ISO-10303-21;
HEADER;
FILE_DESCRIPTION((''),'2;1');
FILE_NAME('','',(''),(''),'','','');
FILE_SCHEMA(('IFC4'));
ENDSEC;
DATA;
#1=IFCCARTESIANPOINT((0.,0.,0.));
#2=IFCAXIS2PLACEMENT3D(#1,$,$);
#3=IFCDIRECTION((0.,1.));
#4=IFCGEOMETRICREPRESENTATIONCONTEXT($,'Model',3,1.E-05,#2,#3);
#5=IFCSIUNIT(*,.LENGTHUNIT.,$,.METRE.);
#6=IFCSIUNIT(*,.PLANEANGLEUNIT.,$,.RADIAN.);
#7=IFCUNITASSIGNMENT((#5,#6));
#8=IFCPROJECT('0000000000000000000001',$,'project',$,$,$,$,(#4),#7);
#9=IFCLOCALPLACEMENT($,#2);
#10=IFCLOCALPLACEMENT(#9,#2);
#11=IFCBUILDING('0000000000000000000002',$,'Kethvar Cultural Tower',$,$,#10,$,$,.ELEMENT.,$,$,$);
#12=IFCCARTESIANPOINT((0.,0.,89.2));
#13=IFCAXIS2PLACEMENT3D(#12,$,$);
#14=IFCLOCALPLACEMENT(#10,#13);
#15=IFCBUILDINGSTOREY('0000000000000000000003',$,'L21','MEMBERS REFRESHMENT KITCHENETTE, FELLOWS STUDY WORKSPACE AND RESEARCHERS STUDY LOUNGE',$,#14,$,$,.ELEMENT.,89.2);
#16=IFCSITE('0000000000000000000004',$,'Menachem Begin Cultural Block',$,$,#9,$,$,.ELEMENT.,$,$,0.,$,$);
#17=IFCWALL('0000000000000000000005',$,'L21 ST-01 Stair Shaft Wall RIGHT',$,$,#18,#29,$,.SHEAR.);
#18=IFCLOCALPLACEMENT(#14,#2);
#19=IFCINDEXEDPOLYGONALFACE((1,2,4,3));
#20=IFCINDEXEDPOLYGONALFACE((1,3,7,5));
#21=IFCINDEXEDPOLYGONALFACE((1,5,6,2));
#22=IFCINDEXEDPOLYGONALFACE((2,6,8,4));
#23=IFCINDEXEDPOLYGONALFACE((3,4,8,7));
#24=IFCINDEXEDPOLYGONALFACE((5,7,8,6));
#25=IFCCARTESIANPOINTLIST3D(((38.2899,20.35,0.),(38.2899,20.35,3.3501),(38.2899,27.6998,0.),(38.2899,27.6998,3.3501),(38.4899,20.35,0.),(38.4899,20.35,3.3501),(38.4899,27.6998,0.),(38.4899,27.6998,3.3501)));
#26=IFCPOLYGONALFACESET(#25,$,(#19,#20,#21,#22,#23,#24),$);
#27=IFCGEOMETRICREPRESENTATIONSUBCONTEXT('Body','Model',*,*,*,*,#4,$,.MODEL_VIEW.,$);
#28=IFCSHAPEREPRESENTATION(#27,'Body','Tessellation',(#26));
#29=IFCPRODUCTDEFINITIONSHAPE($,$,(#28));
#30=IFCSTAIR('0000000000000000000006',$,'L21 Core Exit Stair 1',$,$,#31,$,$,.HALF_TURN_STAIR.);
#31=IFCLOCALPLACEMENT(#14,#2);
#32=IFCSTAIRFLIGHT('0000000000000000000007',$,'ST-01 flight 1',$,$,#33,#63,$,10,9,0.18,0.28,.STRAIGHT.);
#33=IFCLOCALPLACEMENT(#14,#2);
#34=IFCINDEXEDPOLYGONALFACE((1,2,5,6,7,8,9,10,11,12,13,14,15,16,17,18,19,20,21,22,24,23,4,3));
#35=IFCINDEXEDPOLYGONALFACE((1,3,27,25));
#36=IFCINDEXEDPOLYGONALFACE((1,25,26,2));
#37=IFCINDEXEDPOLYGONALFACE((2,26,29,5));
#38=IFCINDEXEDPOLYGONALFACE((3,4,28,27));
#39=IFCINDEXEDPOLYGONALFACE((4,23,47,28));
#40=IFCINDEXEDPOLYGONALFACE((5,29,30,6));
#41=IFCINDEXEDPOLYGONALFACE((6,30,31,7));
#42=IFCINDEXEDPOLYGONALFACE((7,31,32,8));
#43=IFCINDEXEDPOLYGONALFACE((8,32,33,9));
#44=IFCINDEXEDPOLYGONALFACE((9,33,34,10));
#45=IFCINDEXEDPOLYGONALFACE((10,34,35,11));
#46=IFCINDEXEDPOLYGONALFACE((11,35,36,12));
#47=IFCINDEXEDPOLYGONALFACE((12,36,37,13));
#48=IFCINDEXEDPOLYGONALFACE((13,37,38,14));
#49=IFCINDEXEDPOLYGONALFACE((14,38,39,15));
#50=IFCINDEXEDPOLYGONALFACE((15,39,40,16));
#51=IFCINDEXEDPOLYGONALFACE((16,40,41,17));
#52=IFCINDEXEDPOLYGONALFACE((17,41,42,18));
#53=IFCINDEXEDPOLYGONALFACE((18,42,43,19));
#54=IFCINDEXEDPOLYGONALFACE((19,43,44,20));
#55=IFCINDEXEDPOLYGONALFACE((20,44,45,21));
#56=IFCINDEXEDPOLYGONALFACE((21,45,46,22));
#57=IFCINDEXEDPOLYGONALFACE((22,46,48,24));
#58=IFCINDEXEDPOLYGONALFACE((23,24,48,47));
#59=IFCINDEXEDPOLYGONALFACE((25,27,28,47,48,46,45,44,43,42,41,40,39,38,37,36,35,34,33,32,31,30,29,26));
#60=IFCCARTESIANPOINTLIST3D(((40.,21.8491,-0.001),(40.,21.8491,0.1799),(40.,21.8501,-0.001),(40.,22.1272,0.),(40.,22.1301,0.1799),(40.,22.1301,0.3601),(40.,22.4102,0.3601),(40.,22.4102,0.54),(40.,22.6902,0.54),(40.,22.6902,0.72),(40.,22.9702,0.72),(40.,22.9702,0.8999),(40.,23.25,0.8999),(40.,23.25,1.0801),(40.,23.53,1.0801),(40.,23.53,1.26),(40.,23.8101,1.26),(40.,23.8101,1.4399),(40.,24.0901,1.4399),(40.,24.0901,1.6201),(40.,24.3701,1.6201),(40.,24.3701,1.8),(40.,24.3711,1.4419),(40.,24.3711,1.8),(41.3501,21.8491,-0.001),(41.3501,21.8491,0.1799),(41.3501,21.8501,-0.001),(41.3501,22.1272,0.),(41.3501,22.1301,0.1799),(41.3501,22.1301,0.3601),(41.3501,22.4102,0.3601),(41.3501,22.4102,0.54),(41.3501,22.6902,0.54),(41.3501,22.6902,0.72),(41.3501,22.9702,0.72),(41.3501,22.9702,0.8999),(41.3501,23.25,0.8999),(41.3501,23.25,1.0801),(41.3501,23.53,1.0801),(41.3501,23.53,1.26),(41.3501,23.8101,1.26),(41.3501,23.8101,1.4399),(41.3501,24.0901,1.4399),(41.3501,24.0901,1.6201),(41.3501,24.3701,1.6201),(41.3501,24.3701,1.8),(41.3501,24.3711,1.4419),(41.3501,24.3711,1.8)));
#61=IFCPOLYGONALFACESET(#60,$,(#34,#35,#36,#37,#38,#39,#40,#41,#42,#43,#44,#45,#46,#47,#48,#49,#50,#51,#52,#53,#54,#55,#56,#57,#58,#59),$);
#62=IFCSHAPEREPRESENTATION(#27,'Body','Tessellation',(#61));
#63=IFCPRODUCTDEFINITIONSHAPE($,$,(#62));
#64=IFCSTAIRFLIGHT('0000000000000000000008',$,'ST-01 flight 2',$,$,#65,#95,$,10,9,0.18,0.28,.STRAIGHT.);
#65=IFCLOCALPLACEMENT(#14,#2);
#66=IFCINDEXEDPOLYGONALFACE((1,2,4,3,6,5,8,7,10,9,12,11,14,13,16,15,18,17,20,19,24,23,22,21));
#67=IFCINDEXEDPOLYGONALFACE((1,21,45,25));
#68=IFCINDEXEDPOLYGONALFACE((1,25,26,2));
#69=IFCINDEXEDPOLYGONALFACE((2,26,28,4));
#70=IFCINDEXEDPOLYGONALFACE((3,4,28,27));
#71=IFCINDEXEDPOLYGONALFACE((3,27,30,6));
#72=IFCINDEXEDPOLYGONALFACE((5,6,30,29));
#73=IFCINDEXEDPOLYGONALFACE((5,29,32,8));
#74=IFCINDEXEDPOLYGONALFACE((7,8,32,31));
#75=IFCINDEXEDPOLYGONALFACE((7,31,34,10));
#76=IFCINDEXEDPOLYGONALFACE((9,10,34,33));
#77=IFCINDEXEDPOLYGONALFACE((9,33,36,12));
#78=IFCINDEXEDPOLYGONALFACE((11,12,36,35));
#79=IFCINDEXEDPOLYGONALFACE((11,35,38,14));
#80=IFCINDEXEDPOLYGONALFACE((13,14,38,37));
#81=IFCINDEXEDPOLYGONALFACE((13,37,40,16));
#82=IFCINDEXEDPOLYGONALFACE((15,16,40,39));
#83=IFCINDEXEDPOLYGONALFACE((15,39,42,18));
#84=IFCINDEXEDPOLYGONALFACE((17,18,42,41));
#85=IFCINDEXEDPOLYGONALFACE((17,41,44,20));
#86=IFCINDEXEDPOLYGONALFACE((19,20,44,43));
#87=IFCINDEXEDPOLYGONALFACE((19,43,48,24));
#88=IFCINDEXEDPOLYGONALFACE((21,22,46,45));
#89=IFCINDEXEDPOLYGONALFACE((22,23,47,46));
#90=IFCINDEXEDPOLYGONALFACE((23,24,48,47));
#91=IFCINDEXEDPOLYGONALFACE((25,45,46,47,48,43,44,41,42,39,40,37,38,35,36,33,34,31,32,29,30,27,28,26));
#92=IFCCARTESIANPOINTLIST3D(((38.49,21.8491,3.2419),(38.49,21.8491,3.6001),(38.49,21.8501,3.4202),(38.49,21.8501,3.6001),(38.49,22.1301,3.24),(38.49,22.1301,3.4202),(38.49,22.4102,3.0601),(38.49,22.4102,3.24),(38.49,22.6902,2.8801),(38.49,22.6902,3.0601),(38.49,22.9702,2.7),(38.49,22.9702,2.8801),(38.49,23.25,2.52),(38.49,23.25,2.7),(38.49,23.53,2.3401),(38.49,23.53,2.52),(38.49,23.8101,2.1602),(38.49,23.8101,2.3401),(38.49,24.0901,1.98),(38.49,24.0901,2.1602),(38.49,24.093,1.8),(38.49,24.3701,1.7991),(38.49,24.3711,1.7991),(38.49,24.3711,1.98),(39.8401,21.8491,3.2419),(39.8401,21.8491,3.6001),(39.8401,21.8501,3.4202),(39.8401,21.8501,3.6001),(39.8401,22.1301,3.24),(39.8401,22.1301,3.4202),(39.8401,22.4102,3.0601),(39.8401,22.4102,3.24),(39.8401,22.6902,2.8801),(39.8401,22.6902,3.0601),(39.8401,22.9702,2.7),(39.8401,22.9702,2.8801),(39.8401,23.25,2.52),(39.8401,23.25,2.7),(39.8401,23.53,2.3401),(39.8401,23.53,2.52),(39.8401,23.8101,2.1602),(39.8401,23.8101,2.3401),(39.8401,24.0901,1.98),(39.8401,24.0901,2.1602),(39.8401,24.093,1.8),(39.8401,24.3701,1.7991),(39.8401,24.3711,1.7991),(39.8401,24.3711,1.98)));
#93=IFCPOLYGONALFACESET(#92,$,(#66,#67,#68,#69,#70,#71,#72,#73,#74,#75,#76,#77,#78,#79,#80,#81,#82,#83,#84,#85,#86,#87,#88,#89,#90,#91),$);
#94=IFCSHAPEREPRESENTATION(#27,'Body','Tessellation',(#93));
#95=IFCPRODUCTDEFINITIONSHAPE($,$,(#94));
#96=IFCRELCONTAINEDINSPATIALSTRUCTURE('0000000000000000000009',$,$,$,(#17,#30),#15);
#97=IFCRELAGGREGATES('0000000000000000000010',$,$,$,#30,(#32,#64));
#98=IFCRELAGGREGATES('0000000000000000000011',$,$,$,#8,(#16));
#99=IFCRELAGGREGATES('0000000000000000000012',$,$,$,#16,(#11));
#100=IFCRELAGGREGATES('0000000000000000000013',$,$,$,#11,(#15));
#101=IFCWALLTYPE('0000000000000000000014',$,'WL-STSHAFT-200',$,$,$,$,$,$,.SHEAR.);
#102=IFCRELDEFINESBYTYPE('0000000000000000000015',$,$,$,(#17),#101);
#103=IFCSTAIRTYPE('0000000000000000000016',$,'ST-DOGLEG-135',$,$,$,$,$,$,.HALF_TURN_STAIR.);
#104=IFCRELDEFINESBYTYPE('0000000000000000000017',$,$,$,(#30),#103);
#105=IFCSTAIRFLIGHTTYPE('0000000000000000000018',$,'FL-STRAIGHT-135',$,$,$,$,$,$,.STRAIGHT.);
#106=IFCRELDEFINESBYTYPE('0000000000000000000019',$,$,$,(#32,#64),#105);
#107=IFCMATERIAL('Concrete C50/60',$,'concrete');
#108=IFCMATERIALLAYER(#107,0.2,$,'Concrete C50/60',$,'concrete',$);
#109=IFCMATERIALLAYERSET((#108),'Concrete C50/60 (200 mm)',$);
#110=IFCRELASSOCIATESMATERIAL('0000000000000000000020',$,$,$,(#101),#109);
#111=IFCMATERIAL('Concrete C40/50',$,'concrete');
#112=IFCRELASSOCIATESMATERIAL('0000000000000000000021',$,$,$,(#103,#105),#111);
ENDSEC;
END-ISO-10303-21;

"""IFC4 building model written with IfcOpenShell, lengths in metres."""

from ifc_helpers import new_model, si_unit, direction, frame, frame_2d, origin, place, context, subcontext, project, spatial, polyline, rectangle, outline, extrude, material, layer, layer_set, type_object, element, aggregate, save


model = new_model("IFC4")

# Units and contexts
model_context = context("Model", 3, precision=1e-05, world=origin(), true_north=direction((0.0, 1.0)))
body_context = subcontext(model_context, "Body", "Model", "MODEL_VIEW")
ifc_project = project(units=[si_unit("LENGTHUNIT", "METRE"), si_unit("PLANEANGLEUNIT", "RADIAN")], contexts=[model_context])

# Site, building, storey
site_placement = place(None, origin())
site = spatial("IfcSite", under=ifc_project, at=site_placement, Name="Menachem Begin Cultural Block", CompositionType="ELEMENT", RefElevation=0.0)
building_placement = place(site_placement, origin())
building = spatial("IfcBuilding", under=site, at=building_placement, Name="Kethvar Cultural Tower", CompositionType="ELEMENT")
storey_placement = place(building_placement, frame((0.0, 0.0, 89.2)))
storey = spatial("IfcBuildingStorey", under=building, at=storey_placement, Name="L21", Description="MEMBERS REFRESHMENT KITCHENETTE, FELLOWS STUDY WORKSPACE AND RESEARCHERS STUDY LOUNGE", CompositionType="ELEMENT", Elevation=89.2)

# Shared definitions
ifc_material_1 = material(Name="Concrete C50/60", Category="concrete")

# Wall
ifc_layer_1 = layer(ifc_material_1, 0.2, Name="Concrete C50/60", Category="concrete")
ifc_layer_set_1 = layer_set([ifc_layer_1], Name="Concrete C50/60 (200 mm)")
wall_type_1 = type_object("IfcWallType", Name="WL-STSHAFT-200", PredefinedType="SHEAR", material=ifc_layer_set_1)
wall_1_placement = place(storey_placement, frame((38.3899, 20.3501, 0.0), z_axis=(0.0, 0.0, 1.0), x_axis=(0.0, 1.0, 0.0)))
element("IfcWall", 1, at=wall_1_placement, inside=storey, type_object=wall_type_1, Name="L21 ST-01 Stair Shaft Wall RIGHT", PredefinedType="SHEAR", context=body_context, shape_type="SweptSolid", body=[
    extrude(rectangle(XDim=7.3499, YDim=0.2, at=frame_2d((3.6748, 0.0))), origin(), (0.0, 0.0, 1.0), 3.3501),
])

# Stair, stair flights
ifc_material_2 = material(Name="Concrete C40/50", Category="concrete")
stair_type = type_object("IfcStairType", Name="ST-DOGLEG-135", PredefinedType="HALF_TURN_STAIR", material=ifc_material_2)
stair_placement = place(storey_placement, origin())
stair = element("IfcStair", 2, at=stair_placement, inside=storey, type_object=stair_type, Name="L21 Core Exit Stair 1", PredefinedType="HALF_TURN_STAIR")
stair_flight_type = type_object("IfcStairFlightType", Name="FL-STRAIGHT-135", PredefinedType="STRAIGHT", material=ifc_material_2)
stair_flight_1_placement = place(storey_placement, frame((40.675, 21.8501, 0.0), z_axis=(0.0, 0.0, 1.0), x_axis=(0.0, 1.0, 0.0)))
stair_flight_1 = element("IfcStairFlight", 3, at=stair_flight_1_placement, type_object=stair_flight_type, Name="ST-01 flight 1", NumberOfRisers=10, NumberOfTreads=9, PredefinedType="STRAIGHT", RiserHeight=0.18, TreadLength=0.28, context=body_context, shape_type="SweptSolid", body=[
    extrude(outline(polyline([(-0.001, -0.001), (-0.001, 0.1799), (0.28, 0.1799), (0.28, 0.3601), (0.5601, 0.3601), (0.5601, 0.54), (0.8401, 0.54), (0.8401, 0.72), (1.1201, 0.72), (1.1201, 0.8999), (1.3999, 0.8999), (1.3999, 1.0801), (1.6799, 1.0801), (1.6799, 1.26), (1.96, 1.26), (1.96, 1.4399), (2.24, 1.4399), (2.24, 1.6201), (2.52, 1.6201), (2.52, 1.8), (2.521, 1.8), (2.521, 1.4419), (0.2771, 0.0), (0.0, -0.001), (-0.001, -0.001)])), frame((0.0, 0.675, 0.0), z_axis=(0.0, -1.0, 0.0), x_axis=(1.0, 0.0, 0.0)), (0.0, 0.0, 1.0), 1.3501),
])
stair_flight_2_placement = place(storey_placement, frame((39.165, 24.3701, 1.8), z_axis=(0.0, 0.0, 1.0), x_axis=(0.0, -1.0, 0.0)))
stair_flight_2 = element("IfcStairFlight", 4, at=stair_flight_2_placement, type_object=stair_flight_type, Name="ST-01 flight 2", NumberOfRisers=10, NumberOfTreads=9, PredefinedType="STRAIGHT", RiserHeight=0.18, TreadLength=0.28, context=body_context, shape_type="SweptSolid", body=[
    extrude(outline(polyline([(-0.001, -0.001), (-0.001, 0.1799), (0.28, 0.1799), (0.28, 0.3601), (0.5601, 0.3601), (0.5601, 0.54), (0.8401, 0.54), (0.8401, 0.72), (1.1201, 0.72), (1.1201, 0.8999), (1.3999, 0.8999), (1.3999, 1.0801), (1.6799, 1.0801), (1.6799, 1.26), (1.96, 1.26), (1.96, 1.4399), (2.24, 1.4399), (2.24, 1.6201), (2.52, 1.6201), (2.52, 1.8), (2.521, 1.8), (2.521, 1.4419), (0.2771, 0.0), (0.0, -0.001), (-0.001, -0.001)])), frame((0.0, 0.675, 0.0), z_axis=(0.0, -1.0, 0.0), x_axis=(1.0, 0.0, 0.0)), (0.0, 0.0, 1.0), 1.3501),
])
aggregate(stair, [stair_flight_1, stair_flight_2])

save(model, "model.ifc")
